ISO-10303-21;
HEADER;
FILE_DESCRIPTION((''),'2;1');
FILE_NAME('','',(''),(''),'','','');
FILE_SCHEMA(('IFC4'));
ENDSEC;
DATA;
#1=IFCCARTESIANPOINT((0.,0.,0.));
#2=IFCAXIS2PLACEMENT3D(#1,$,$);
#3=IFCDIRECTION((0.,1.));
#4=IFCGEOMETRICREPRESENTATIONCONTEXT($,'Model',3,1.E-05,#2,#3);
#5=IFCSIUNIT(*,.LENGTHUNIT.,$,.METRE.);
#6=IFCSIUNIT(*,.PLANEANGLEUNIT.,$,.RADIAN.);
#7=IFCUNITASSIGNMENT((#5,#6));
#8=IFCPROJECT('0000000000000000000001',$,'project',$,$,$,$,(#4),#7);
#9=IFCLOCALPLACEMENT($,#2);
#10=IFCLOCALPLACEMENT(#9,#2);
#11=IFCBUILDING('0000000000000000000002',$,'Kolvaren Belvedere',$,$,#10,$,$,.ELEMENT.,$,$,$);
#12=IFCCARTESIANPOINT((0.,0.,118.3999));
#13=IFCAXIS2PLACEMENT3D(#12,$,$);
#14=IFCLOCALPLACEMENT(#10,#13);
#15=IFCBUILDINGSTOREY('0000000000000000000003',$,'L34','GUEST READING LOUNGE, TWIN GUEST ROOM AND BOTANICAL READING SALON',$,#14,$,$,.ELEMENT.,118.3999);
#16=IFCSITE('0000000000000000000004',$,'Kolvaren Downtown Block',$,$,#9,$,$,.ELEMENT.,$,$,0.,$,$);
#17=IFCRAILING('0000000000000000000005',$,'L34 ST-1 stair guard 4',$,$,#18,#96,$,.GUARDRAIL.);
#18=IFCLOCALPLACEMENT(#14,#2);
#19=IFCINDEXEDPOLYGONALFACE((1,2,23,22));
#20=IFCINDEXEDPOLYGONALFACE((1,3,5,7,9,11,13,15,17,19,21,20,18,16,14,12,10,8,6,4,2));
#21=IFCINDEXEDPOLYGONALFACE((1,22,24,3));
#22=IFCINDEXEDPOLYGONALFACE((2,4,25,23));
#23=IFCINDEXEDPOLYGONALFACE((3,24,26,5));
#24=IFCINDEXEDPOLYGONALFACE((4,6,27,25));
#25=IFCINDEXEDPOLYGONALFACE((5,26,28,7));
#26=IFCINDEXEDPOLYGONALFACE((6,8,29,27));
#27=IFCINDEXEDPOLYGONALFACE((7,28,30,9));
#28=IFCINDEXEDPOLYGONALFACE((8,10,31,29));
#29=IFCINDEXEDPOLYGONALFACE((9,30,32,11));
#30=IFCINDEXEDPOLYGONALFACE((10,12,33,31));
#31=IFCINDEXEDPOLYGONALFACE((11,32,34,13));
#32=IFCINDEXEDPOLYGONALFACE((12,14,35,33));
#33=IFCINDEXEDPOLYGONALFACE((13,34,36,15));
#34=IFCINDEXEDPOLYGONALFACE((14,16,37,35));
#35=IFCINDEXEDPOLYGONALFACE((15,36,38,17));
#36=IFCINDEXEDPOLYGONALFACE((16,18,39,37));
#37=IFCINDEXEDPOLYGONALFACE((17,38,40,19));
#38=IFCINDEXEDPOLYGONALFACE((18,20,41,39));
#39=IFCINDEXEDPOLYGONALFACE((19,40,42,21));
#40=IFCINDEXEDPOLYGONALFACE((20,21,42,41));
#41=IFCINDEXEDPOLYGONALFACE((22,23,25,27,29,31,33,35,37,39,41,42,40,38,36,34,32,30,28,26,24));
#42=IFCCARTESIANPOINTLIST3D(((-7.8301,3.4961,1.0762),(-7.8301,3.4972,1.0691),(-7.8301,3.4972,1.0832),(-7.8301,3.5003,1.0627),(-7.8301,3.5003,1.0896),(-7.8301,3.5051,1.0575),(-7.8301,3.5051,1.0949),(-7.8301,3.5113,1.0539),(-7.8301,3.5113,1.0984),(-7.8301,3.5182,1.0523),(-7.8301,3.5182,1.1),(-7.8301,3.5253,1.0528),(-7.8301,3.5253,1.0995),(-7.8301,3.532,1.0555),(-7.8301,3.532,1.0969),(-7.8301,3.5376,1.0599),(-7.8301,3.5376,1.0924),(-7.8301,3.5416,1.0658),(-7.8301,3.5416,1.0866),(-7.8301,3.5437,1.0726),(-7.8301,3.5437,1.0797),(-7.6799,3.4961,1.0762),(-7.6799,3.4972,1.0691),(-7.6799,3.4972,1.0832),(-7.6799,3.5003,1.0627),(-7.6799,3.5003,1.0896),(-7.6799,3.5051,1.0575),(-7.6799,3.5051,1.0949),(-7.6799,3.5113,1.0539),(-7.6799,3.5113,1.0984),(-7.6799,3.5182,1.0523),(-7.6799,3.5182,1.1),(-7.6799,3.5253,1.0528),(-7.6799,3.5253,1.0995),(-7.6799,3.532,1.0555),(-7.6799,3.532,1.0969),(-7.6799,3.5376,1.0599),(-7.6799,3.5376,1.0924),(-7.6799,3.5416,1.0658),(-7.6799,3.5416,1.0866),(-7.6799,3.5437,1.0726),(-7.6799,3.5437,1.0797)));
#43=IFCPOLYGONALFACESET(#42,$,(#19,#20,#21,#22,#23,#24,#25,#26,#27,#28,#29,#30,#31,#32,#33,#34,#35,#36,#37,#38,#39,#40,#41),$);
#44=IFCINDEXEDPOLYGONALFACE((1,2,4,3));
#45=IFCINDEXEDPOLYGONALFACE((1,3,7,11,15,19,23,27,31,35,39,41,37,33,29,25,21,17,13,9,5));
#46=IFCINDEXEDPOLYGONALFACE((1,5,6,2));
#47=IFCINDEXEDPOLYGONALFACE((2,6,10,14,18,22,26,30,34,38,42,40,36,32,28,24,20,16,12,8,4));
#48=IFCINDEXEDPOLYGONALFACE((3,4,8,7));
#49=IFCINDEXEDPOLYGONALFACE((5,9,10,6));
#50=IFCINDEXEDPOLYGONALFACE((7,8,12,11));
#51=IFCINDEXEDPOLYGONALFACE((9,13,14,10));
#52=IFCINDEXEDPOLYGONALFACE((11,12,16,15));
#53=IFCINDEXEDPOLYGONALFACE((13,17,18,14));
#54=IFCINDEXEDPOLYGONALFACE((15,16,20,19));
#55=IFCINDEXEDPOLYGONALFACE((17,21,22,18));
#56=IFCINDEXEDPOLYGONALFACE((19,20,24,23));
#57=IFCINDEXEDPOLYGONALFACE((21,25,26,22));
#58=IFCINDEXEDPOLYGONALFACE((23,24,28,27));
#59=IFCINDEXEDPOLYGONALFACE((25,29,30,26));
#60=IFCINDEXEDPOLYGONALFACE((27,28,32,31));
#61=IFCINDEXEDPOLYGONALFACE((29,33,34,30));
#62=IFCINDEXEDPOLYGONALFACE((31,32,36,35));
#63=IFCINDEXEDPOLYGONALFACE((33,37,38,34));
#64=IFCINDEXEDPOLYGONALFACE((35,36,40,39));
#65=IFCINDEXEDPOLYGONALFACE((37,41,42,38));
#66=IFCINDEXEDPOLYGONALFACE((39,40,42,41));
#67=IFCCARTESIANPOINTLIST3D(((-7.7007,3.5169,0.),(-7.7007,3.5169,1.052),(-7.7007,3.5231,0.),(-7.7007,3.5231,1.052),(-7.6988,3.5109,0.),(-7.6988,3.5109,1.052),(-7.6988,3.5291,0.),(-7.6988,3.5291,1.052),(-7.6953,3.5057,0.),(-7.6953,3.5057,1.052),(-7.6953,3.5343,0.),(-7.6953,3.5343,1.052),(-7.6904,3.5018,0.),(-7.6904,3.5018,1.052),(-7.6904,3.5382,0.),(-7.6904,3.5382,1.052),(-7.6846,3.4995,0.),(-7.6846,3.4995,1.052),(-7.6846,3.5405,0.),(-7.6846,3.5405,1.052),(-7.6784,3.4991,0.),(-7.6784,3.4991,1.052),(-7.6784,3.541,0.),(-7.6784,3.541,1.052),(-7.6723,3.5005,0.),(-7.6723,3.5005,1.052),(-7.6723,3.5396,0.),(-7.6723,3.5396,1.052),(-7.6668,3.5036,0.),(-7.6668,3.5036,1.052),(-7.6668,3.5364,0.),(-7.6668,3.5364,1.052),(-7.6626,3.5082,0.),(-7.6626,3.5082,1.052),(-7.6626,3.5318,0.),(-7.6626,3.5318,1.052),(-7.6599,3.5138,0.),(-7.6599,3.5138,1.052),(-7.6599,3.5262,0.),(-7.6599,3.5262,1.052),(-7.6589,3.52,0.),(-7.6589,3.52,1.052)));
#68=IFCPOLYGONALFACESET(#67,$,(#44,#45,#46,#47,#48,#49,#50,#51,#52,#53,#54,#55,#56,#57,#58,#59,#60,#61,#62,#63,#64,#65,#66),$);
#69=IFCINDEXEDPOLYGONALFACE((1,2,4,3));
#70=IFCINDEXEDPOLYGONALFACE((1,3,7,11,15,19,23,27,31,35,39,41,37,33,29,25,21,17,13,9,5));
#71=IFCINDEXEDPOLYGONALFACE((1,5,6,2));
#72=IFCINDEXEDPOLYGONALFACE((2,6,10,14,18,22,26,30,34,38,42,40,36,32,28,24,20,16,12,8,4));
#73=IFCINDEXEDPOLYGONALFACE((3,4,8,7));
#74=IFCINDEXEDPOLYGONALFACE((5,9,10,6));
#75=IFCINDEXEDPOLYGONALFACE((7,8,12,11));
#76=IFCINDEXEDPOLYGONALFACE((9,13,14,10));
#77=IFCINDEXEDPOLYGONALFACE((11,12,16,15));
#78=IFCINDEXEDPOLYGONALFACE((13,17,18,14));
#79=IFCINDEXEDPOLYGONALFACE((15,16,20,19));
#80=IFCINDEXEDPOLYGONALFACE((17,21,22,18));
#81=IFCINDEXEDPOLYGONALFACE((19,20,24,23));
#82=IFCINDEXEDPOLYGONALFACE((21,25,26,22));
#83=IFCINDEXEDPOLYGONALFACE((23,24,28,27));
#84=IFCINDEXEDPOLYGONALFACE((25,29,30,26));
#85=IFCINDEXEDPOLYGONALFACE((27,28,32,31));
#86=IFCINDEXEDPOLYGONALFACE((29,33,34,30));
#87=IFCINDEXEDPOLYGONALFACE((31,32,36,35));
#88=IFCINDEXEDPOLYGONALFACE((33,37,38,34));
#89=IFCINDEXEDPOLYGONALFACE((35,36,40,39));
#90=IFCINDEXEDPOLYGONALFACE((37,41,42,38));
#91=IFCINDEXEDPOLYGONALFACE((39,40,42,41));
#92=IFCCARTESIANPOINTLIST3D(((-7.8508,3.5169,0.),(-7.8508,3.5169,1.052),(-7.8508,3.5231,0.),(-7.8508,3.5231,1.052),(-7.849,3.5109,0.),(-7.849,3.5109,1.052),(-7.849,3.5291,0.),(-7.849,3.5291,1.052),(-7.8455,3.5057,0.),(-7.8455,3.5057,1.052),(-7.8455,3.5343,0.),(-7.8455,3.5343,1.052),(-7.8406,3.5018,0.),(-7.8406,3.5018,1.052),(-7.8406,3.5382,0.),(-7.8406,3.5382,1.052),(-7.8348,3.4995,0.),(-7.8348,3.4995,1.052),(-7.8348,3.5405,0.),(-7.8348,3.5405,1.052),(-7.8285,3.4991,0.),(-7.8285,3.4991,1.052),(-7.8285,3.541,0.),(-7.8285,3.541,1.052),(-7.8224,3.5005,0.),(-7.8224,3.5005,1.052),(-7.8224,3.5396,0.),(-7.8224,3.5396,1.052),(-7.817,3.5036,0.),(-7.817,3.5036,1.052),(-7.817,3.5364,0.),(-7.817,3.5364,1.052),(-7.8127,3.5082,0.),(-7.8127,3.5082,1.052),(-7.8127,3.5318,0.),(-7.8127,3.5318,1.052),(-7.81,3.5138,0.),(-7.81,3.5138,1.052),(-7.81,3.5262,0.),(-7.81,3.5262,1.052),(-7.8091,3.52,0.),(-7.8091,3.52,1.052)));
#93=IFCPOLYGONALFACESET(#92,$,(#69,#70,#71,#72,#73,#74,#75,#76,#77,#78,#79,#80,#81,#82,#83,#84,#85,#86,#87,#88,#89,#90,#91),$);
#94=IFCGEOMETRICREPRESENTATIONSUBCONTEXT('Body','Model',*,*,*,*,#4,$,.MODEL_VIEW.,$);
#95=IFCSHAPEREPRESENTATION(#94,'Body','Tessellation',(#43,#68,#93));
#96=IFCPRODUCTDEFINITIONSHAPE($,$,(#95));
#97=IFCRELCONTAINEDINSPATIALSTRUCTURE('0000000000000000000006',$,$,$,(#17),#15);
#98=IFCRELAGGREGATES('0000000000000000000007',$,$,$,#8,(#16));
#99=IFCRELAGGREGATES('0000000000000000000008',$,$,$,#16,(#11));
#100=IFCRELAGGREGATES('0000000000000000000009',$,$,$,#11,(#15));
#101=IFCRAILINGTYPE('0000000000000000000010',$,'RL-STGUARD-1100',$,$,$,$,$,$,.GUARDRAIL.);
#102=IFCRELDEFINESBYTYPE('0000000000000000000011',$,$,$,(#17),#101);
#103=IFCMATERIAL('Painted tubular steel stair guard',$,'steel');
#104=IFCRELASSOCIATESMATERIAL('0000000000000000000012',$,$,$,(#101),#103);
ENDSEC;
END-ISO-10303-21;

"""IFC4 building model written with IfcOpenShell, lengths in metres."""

from ifc_helpers import new_model, si_unit, direction, frame, origin, origin_2d, place, context, subcontext, project, spatial, circle, extrude, material, type_object, element, save


model = new_model("IFC4")

# Units and contexts
model_context = context("Model", 3, precision=1e-05, world=origin(), true_north=direction((0.0, 1.0)))
body_context = subcontext(model_context, "Body", "Model", "MODEL_VIEW")
ifc_project = project(units=[si_unit("LENGTHUNIT", "METRE"), si_unit("PLANEANGLEUNIT", "RADIAN")], contexts=[model_context])

# Site, building, storey
site_placement = place(None, origin())
site = spatial("IfcSite", under=ifc_project, at=site_placement, Name="Kolvaren Downtown Block", CompositionType="ELEMENT", RefElevation=0.0)
building_placement = place(site_placement, origin())
building = spatial("IfcBuilding", under=site, at=building_placement, Name="Kolvaren Belvedere", CompositionType="ELEMENT")
storey_placement = place(building_placement, frame((0.0, 0.0, 118.3999)))
storey = spatial("IfcBuildingStorey", under=building, at=storey_placement, Name="L34", Description="GUEST READING LOUNGE, TWIN GUEST ROOM AND BOTANICAL READING SALON", CompositionType="ELEMENT", Elevation=118.3999)

# Railing
ifc_material_1 = material(Name="Painted tubular steel stair guard", Category="steel")
railing_type_1 = type_object("IfcRailingType", Name="RL-STGUARD-1100", PredefinedType="GUARDRAIL", material=ifc_material_1)
railing_1_placement = place(storey_placement, frame((-7.6799, 3.52, 0.0)))
element("IfcRailing", 1, at=railing_1_placement, inside=storey, type_object=railing_type_1, Name="L34 ST-1 stair guard 4", PredefinedType="GUARDRAIL", context=body_context, shape_type="SweptSolid", body=[
    extrude(circle(Radius=0.0239, at=origin_2d()), frame((0.0, 0.0, 1.0762), z_axis=(-1.0, 0.0, 0.0), x_axis=(0.0, -1.0, 0.0)), (0.0, 0.0, 1.0), 0.1501),
    extrude(circle(Radius=0.021, at=origin_2d()), origin(), (0.0, 0.0, 1.0), 1.052),
    extrude(circle(Radius=0.021, at=origin_2d()), frame((-0.1501, 0.0, 0.0)), (0.0, 0.0, 1.0), 1.052),
])

save(model, "model.ifc")
